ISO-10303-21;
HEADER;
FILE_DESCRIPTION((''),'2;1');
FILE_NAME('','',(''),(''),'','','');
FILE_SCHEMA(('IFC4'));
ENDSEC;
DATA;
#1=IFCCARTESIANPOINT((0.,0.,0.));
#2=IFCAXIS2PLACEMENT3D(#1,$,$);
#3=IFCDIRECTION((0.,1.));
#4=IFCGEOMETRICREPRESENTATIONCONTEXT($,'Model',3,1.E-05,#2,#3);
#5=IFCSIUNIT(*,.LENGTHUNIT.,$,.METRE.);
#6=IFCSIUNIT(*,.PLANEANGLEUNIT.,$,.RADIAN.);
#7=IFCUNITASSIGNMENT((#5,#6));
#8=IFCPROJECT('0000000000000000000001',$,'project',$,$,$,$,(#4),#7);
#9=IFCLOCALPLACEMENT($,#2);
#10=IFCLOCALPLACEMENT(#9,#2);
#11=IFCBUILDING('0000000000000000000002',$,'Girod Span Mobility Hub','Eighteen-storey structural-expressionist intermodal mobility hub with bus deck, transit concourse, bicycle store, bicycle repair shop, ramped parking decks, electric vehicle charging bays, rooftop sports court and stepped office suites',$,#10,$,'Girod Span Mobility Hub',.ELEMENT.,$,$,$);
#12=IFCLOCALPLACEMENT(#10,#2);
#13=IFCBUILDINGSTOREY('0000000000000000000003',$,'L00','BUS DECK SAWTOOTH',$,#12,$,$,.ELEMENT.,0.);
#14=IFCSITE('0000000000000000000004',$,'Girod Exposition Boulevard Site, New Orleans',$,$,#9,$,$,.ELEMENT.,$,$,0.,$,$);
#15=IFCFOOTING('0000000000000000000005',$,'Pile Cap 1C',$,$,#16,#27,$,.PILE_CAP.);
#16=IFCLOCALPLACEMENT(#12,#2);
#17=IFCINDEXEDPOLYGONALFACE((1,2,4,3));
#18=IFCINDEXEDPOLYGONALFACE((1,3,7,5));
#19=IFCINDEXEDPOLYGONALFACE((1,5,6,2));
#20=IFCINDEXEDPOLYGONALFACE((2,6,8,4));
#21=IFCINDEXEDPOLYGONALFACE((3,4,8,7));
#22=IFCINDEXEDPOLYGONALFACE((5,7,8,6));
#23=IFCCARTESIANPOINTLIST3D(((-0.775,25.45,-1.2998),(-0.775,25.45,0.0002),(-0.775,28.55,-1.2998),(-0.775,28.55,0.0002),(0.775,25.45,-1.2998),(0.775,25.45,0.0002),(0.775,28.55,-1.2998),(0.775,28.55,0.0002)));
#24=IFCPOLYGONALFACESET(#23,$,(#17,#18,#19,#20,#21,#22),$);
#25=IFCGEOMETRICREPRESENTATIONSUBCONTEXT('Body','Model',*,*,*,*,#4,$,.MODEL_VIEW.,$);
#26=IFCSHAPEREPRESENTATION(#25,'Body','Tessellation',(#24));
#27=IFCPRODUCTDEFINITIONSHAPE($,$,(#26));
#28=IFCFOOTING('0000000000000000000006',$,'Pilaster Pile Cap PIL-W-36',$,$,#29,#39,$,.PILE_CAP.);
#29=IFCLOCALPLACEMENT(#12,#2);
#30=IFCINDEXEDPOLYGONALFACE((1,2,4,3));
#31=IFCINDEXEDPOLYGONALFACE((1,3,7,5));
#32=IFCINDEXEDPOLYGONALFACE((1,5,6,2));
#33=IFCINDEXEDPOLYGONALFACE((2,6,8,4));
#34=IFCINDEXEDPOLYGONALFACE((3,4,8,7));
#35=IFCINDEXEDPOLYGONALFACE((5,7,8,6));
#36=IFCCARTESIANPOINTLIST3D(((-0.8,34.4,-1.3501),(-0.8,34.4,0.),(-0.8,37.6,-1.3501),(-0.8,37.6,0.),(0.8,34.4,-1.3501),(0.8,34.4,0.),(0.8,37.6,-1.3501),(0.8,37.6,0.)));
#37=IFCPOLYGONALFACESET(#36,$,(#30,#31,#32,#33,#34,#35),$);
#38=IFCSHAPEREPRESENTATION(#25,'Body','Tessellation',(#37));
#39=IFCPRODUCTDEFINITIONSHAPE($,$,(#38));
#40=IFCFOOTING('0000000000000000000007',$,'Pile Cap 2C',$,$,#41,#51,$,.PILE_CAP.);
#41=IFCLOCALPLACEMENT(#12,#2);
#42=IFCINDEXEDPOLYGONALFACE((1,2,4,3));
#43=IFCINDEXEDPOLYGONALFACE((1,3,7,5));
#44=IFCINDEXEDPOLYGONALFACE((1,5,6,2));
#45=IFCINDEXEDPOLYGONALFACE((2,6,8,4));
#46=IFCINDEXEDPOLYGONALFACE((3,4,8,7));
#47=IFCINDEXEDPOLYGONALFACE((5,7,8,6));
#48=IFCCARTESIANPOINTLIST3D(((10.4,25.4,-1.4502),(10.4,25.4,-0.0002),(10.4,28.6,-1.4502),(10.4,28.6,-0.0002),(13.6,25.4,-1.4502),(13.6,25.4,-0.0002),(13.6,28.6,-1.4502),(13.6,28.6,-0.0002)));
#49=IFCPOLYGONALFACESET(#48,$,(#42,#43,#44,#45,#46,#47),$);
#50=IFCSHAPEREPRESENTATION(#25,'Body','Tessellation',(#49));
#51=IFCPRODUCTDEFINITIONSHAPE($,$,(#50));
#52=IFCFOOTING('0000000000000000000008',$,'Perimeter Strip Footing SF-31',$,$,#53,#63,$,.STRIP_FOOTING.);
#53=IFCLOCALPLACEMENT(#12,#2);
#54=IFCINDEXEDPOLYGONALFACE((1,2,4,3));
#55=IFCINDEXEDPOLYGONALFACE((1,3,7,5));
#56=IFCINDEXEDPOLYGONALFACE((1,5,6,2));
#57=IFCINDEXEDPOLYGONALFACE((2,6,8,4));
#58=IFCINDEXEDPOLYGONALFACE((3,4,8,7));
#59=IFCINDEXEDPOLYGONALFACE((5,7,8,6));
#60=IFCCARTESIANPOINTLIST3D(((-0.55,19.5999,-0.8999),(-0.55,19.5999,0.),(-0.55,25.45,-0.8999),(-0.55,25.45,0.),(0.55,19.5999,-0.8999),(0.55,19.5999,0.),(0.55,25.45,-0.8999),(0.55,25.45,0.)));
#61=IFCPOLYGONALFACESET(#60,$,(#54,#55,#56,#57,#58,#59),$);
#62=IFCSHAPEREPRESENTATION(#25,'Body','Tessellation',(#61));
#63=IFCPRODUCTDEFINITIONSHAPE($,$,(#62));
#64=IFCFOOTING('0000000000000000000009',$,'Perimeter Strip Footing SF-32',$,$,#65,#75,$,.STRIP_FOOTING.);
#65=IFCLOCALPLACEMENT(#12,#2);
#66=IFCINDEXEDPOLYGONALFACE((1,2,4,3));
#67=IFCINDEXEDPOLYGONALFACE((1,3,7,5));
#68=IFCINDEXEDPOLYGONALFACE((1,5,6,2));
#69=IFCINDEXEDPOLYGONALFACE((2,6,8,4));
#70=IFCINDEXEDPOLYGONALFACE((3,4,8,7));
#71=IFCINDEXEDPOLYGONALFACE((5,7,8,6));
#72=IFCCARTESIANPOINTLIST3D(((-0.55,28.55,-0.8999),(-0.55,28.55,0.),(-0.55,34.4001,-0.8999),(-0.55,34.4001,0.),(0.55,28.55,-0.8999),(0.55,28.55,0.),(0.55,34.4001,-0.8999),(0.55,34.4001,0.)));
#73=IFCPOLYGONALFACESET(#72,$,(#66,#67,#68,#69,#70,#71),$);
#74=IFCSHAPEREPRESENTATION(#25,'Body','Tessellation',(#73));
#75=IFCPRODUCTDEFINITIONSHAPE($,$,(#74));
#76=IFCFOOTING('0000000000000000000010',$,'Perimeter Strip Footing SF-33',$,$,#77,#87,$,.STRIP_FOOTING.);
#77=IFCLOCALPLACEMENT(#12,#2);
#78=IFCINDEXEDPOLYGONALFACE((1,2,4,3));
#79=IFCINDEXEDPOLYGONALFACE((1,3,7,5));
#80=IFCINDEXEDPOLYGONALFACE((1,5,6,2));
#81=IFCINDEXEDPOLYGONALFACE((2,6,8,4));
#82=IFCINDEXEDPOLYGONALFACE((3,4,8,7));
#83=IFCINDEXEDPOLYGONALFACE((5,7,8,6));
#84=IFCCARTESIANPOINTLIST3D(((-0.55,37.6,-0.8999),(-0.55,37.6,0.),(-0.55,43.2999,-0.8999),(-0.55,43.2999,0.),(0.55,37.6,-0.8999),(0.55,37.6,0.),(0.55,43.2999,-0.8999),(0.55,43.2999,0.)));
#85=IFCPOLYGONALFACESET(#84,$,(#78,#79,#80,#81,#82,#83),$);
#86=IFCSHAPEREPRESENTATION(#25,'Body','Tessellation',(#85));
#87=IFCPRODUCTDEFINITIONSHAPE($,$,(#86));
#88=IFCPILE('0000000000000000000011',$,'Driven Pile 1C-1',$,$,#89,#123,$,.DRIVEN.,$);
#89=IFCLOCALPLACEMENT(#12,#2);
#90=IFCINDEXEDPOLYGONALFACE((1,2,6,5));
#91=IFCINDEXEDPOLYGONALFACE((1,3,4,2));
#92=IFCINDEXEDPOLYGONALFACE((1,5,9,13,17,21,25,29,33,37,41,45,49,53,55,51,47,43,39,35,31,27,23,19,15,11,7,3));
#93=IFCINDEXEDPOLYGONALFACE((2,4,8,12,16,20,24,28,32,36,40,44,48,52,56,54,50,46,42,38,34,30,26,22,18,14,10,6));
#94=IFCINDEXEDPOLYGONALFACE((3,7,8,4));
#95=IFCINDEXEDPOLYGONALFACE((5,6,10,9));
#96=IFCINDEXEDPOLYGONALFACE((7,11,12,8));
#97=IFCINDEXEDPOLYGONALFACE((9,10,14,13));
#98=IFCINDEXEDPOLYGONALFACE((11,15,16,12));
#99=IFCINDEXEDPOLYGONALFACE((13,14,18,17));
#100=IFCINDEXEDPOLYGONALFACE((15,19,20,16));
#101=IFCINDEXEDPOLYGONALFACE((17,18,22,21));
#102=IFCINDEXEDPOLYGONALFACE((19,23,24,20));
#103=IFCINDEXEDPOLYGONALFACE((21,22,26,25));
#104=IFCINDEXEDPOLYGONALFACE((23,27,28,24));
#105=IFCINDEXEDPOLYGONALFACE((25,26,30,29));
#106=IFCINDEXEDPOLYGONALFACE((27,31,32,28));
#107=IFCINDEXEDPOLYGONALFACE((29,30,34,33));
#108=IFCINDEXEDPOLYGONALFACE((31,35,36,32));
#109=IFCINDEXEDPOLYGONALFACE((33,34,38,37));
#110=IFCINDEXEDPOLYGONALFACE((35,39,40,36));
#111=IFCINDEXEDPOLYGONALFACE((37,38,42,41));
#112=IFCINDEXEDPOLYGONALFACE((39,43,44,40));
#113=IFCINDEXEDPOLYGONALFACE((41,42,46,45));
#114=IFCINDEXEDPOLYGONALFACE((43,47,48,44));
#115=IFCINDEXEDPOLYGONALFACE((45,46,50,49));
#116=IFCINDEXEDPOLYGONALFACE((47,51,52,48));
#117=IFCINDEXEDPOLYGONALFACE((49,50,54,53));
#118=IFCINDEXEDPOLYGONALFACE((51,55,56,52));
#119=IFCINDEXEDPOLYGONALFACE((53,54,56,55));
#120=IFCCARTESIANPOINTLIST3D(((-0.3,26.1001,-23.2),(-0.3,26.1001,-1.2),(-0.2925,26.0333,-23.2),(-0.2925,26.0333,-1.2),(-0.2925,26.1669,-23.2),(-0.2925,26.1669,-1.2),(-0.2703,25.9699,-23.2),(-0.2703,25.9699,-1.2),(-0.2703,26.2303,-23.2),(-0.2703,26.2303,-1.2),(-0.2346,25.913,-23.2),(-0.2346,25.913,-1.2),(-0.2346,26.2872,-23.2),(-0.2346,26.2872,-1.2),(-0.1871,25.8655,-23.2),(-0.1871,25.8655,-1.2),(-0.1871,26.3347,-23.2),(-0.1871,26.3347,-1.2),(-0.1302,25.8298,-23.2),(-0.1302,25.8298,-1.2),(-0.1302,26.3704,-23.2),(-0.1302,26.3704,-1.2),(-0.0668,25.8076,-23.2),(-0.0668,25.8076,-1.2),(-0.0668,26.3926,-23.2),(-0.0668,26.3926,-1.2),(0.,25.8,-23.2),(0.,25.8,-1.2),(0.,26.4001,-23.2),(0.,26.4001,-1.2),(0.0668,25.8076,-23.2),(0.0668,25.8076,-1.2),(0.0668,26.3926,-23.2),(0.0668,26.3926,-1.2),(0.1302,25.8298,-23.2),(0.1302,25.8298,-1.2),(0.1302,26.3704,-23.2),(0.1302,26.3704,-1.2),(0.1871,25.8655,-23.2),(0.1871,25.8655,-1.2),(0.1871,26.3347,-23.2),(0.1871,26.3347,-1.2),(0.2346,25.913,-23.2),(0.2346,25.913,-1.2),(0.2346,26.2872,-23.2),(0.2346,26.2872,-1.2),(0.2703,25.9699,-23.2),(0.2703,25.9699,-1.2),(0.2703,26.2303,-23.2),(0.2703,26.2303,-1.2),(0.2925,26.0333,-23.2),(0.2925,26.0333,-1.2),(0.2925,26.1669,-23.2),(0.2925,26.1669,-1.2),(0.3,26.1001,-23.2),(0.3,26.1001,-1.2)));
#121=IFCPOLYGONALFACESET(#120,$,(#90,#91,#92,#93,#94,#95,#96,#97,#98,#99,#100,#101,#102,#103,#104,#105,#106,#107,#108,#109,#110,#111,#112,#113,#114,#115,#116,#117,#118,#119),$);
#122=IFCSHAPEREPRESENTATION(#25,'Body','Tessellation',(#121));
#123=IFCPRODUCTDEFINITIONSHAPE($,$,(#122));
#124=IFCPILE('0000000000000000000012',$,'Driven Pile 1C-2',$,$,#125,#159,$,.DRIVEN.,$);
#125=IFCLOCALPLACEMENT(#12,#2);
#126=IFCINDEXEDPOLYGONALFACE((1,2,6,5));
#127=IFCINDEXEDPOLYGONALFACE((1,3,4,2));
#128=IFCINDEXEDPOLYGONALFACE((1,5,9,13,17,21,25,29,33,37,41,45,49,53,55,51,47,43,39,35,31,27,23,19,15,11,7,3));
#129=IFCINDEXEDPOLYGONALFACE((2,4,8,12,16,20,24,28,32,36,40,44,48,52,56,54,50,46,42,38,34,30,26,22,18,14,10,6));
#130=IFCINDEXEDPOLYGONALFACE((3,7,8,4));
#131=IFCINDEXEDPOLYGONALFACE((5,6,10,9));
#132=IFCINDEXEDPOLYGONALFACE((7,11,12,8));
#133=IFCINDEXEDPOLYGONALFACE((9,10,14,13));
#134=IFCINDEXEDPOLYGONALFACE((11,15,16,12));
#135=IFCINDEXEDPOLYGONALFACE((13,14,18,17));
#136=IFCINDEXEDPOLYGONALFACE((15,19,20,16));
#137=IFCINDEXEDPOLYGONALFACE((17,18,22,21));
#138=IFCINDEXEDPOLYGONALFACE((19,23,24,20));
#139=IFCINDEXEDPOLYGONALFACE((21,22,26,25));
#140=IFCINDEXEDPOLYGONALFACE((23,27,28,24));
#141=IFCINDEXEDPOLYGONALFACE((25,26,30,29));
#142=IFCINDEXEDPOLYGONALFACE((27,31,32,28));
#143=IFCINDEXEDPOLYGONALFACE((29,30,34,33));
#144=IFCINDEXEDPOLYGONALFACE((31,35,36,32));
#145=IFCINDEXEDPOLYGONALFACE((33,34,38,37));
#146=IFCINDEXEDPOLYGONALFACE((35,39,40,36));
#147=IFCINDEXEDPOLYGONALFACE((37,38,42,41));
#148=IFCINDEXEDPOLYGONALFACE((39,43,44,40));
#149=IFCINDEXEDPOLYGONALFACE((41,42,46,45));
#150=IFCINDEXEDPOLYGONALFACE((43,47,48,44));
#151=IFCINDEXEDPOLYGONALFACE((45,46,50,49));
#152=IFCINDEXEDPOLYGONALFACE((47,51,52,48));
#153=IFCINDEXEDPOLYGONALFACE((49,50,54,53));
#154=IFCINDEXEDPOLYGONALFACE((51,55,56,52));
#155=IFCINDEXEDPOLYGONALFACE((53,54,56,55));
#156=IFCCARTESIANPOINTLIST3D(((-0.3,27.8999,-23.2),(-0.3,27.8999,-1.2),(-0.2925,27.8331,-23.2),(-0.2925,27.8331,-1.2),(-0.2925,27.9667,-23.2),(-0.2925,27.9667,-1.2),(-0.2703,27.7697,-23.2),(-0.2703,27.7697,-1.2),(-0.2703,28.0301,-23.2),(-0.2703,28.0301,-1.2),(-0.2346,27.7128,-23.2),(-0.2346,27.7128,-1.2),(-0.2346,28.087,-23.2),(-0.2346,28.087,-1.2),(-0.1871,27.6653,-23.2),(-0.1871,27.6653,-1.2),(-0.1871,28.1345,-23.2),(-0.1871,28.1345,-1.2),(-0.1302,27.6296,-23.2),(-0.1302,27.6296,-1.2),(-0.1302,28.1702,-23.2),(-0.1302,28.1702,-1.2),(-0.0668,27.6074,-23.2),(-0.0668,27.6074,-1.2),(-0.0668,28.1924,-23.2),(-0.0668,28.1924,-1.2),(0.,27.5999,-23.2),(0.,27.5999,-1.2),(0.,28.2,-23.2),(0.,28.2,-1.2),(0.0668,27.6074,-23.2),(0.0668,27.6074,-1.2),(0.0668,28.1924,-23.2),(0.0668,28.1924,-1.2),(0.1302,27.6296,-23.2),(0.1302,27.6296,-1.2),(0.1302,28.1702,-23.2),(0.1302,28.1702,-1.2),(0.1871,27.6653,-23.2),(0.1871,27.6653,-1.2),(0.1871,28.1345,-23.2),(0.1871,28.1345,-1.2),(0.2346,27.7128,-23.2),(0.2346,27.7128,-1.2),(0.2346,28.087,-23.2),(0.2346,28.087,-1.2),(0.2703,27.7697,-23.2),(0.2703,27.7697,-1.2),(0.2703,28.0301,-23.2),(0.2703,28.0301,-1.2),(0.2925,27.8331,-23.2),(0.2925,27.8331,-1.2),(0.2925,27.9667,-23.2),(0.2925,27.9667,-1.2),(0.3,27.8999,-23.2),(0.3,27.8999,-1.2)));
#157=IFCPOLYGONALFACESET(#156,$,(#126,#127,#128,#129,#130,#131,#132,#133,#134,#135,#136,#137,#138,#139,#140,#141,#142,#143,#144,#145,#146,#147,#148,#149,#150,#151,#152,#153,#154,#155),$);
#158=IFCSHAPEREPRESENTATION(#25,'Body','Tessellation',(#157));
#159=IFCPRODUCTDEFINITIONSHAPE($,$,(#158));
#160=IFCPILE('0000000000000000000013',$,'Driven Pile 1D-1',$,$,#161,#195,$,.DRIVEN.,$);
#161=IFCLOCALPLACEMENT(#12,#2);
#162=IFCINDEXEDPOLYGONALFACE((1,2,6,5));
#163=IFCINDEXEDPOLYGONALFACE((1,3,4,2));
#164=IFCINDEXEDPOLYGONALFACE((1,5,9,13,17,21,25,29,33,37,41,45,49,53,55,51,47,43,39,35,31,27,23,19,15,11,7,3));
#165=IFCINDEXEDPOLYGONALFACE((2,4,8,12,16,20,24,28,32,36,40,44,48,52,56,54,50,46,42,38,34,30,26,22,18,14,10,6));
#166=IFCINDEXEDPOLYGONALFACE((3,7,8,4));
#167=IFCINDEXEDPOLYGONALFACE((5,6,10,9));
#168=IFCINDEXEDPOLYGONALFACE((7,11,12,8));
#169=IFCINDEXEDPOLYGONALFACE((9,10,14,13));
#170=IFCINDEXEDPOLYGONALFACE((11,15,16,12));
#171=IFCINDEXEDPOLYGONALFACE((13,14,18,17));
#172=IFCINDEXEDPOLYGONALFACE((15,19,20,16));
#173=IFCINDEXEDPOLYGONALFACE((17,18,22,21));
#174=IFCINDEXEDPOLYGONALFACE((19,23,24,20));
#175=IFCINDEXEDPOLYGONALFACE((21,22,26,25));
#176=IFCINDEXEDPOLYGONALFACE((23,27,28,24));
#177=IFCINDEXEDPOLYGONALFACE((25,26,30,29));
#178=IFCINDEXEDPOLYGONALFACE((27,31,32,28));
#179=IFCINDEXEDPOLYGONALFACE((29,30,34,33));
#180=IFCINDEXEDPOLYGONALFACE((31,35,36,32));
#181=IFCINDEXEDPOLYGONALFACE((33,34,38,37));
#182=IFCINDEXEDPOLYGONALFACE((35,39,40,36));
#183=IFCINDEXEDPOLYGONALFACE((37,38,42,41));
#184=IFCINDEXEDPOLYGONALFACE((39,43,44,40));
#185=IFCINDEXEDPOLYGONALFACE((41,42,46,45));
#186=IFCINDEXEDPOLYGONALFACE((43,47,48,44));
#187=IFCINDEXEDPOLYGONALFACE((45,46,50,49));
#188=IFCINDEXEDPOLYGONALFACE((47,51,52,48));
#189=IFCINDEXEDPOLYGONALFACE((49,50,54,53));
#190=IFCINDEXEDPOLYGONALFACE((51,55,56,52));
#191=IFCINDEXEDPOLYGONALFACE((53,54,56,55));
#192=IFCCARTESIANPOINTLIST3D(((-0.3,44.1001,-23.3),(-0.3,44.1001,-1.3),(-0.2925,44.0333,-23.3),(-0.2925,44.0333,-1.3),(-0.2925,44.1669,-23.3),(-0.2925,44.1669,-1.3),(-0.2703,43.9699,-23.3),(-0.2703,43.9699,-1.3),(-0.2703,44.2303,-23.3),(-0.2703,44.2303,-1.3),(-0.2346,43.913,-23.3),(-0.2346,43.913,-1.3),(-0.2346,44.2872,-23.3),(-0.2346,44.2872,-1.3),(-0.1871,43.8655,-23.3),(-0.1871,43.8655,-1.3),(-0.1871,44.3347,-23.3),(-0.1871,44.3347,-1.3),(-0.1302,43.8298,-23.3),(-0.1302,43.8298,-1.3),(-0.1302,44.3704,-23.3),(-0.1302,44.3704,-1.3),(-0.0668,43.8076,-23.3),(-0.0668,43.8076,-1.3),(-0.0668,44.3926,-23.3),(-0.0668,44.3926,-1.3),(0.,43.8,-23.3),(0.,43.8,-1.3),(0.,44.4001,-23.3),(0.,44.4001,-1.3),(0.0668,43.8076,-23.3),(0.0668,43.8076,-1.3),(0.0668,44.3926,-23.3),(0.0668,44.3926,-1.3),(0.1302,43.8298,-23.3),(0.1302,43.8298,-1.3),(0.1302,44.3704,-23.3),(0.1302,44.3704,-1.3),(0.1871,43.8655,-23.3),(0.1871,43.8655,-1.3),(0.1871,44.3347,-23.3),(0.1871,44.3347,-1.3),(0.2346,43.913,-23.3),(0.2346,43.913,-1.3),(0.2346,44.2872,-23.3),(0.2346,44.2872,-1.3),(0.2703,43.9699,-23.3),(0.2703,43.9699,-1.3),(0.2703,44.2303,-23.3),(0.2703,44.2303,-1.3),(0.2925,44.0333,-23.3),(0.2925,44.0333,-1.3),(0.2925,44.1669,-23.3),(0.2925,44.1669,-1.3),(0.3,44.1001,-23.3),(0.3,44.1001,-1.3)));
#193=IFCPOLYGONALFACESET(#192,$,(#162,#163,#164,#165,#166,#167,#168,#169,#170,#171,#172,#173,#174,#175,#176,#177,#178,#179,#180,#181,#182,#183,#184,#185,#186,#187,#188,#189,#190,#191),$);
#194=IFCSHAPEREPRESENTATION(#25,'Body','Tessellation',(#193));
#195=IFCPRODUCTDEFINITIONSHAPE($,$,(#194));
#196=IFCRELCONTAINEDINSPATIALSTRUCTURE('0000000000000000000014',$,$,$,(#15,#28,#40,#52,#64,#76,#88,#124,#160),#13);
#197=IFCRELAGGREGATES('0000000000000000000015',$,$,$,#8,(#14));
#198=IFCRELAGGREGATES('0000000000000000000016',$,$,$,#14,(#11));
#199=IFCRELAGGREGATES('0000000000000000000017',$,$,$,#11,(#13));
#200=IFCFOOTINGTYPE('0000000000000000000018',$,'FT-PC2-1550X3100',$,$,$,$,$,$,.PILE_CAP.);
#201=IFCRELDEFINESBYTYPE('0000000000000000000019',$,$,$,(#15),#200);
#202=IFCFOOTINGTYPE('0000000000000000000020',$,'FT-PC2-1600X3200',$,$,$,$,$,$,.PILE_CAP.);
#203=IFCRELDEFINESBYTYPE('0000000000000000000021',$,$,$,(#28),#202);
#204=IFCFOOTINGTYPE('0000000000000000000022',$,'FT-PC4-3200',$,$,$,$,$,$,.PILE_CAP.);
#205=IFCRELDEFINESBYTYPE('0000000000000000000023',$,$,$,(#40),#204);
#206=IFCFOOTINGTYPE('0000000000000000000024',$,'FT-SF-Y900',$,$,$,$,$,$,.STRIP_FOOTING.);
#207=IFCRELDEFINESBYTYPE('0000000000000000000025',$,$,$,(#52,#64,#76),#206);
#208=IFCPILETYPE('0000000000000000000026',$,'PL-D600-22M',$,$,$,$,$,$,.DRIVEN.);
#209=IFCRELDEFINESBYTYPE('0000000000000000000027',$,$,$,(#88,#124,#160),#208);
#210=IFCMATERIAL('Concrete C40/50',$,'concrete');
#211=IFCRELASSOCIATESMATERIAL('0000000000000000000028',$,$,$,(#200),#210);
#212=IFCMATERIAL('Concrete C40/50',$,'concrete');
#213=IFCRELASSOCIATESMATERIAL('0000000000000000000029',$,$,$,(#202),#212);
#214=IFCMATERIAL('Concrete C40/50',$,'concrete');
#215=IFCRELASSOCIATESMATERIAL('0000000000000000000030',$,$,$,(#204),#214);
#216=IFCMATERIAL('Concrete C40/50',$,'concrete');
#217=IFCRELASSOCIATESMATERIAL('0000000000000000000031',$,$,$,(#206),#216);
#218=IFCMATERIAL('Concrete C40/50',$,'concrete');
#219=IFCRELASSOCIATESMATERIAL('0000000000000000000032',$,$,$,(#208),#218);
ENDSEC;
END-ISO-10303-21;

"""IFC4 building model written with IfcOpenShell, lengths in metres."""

from ifc_helpers import new_model, si_unit, direction, frame, origin, origin_2d, place, context, subcontext, project, spatial, rectangle, circle, extrude, material, material_profile, profile_set, type_object, element, save


model = new_model("IFC4")

# Units and contexts
model_context = context("Model", 3, precision=1e-05, world=origin(), true_north=direction((0.0, 1.0)))
body_context = subcontext(model_context, "Body", "Model", "MODEL_VIEW")
ifc_project = project(units=[si_unit("LENGTHUNIT", "METRE"), si_unit("PLANEANGLEUNIT", "RADIAN")], contexts=[model_context])

# Site, building, storey
site_placement = place(None, origin())
site = spatial("IfcSite", under=ifc_project, at=site_placement, Name="Girod Exposition Boulevard Site, New Orleans", CompositionType="ELEMENT", RefElevation=0.0)
building_placement = place(site_placement, origin())
building = spatial("IfcBuilding", under=site, at=building_placement, Name="Girod Span Mobility Hub", Description="Eighteen-storey structural-expressionist intermodal mobility hub with bus deck, transit concourse, bicycle store, bicycle repair shop, ramped parking decks, electric vehicle charging bays, rooftop sports court and stepped office suites", LongName="Girod Span Mobility Hub", CompositionType="ELEMENT")
storey_placement = place(building_placement, origin())
storey = spatial("IfcBuildingStorey", under=building, at=storey_placement, Name="L00", Description="BUS DECK SAWTOOTH", CompositionType="ELEMENT", Elevation=0.0)

# Footings
ifc_material_1 = material(Name="Concrete C40/50", Category="concrete")
footing_type_1 = type_object("IfcFootingType", Name="FT-PC2-1550X3100", PredefinedType="PILE_CAP", material=ifc_material_1)
footing_1_placement = place(storey_placement, frame((0.0, 27.0, -1.2998), z_axis=(0.0, 0.0, 1.0), x_axis=(1.0, 0.0, 0.0)))
element("IfcFooting", 1, at=footing_1_placement, inside=storey, type_object=footing_type_1, Name="Pile Cap 1C", PredefinedType="PILE_CAP", context=body_context, shape_type="SweptSolid", body=[
    extrude(rectangle(XDim=1.55, YDim=3.1001, at=origin_2d()), origin(), (0.0, 0.0, 1.0), 1.3),
])
ifc_material_2 = material(Name="Concrete C40/50", Category="concrete")
footing_type_2 = type_object("IfcFootingType", Name="FT-PC2-1600X3200", PredefinedType="PILE_CAP", material=ifc_material_2)
footing_2_placement = place(storey_placement, frame((0.0, 36.0, -1.3501), z_axis=(0.0, 0.0, 1.0), x_axis=(1.0, 0.0, 0.0)))
element("IfcFooting", 2, at=footing_2_placement, inside=storey, type_object=footing_type_2, Name="Pilaster Pile Cap PIL-W-36", PredefinedType="PILE_CAP", context=body_context, shape_type="SweptSolid", body=[
    extrude(rectangle(XDim=1.6001, YDim=3.2, at=origin_2d()), origin(), (0.0, 0.0, 1.0), 1.3501),
])
ifc_material_3 = material(Name="Concrete C40/50", Category="concrete")
footing_type_3 = type_object("IfcFootingType", Name="FT-PC4-3200", PredefinedType="PILE_CAP", material=ifc_material_3)
footing_3_placement = place(storey_placement, frame((12.0, 27.0, -1.4502), z_axis=(0.0, 0.0, 1.0), x_axis=(1.0, 0.0, 0.0)))
element("IfcFooting", 3, at=footing_3_placement, inside=storey, type_object=footing_type_3, Name="Pile Cap 2C", PredefinedType="PILE_CAP", context=body_context, shape_type="SweptSolid", body=[
    extrude(rectangle(XDim=3.2, YDim=3.2, at=origin_2d()), origin(), (0.0, 0.0, 1.0), 1.45),
])
ifc_material_4 = material(Name="Concrete C40/50", Category="concrete")
footing_type_4 = type_object("IfcFootingType", Name="FT-SF-Y900", PredefinedType="STRIP_FOOTING", material=ifc_material_4)
for number, where, z_axis, x_axis, name in (
    (4, (0.0, 22.5249, -0.8999), (0.0, 0.0, 1.0), (1.0, 0.0, 0.0), "Perimeter Strip Footing SF-31"),
    (5, (0.0, 31.4751, -0.8999), (0.0, 0.0, 1.0), (1.0, 0.0, 0.0), "Perimeter Strip Footing SF-32"),
):
    element("IfcFooting", number, at=place(storey_placement, frame(where, z_axis=z_axis, x_axis=x_axis)), inside=storey, type_object=footing_type_4, Name=name, PredefinedType="STRIP_FOOTING", context=body_context, shape_type="SweptSolid", body=[
        extrude(rectangle(XDim=1.1001, YDim=5.8501, at=origin_2d()), origin(), (0.0, 0.0, 1.0), 0.8999),
    ])
footing_4_placement = place(storey_placement, frame((0.0, 40.45, -0.8999), z_axis=(0.0, 0.0, 1.0), x_axis=(1.0, 0.0, 0.0)))
element("IfcFooting", 6, at=footing_4_placement, inside=storey, type_object=footing_type_4, Name="Perimeter Strip Footing SF-33", PredefinedType="STRIP_FOOTING", context=body_context, shape_type="SweptSolid", body=[
    extrude(rectangle(XDim=1.1001, YDim=5.7, at=origin_2d()), origin(), (0.0, 0.0, 1.0), 0.8999),
])

# Piles
ifc_material_5 = material(Name="Concrete C40/50", Category="concrete")
ifc_material_profile_1 = material_profile(ifc_material_5, circle(Radius=0.3, at=origin_2d()), Name="PILE-D600")
ifc_profile_set_1 = profile_set([ifc_material_profile_1], Name="Concrete C40/50")
pile_type_1 = type_object("IfcPileType", Name="PL-D600-22M", PredefinedType="DRIVEN", material=ifc_profile_set_1)
for number, where, z_axis, x_axis, name in (
    (7, (0.0, 26.1001, -1.2), (0.0, 0.0, -1.0), (1.0, 0.0, 0.0), "Driven Pile 1C-1"),
    (8, (0.0, 27.8999, -1.2), (0.0, 0.0, -1.0), (1.0, 0.0, 0.0), "Driven Pile 1C-2"),
    (9, (0.0, 44.1001, -1.3), (0.0, 0.0, -1.0), (1.0, 0.0, 0.0), "Driven Pile 1D-1"),
):
    element("IfcPile", number, at=place(storey_placement, frame(where, z_axis=z_axis, x_axis=x_axis)), inside=storey, type_object=pile_type_1, Name=name, PredefinedType="DRIVEN", context=body_context, shape_type="SweptSolid", body=[
        extrude(circle(Radius=0.3, at=origin_2d()), origin(), (0.0, 0.0, 1.0), 22.0),
    ])

save(model, "model.ifc")
